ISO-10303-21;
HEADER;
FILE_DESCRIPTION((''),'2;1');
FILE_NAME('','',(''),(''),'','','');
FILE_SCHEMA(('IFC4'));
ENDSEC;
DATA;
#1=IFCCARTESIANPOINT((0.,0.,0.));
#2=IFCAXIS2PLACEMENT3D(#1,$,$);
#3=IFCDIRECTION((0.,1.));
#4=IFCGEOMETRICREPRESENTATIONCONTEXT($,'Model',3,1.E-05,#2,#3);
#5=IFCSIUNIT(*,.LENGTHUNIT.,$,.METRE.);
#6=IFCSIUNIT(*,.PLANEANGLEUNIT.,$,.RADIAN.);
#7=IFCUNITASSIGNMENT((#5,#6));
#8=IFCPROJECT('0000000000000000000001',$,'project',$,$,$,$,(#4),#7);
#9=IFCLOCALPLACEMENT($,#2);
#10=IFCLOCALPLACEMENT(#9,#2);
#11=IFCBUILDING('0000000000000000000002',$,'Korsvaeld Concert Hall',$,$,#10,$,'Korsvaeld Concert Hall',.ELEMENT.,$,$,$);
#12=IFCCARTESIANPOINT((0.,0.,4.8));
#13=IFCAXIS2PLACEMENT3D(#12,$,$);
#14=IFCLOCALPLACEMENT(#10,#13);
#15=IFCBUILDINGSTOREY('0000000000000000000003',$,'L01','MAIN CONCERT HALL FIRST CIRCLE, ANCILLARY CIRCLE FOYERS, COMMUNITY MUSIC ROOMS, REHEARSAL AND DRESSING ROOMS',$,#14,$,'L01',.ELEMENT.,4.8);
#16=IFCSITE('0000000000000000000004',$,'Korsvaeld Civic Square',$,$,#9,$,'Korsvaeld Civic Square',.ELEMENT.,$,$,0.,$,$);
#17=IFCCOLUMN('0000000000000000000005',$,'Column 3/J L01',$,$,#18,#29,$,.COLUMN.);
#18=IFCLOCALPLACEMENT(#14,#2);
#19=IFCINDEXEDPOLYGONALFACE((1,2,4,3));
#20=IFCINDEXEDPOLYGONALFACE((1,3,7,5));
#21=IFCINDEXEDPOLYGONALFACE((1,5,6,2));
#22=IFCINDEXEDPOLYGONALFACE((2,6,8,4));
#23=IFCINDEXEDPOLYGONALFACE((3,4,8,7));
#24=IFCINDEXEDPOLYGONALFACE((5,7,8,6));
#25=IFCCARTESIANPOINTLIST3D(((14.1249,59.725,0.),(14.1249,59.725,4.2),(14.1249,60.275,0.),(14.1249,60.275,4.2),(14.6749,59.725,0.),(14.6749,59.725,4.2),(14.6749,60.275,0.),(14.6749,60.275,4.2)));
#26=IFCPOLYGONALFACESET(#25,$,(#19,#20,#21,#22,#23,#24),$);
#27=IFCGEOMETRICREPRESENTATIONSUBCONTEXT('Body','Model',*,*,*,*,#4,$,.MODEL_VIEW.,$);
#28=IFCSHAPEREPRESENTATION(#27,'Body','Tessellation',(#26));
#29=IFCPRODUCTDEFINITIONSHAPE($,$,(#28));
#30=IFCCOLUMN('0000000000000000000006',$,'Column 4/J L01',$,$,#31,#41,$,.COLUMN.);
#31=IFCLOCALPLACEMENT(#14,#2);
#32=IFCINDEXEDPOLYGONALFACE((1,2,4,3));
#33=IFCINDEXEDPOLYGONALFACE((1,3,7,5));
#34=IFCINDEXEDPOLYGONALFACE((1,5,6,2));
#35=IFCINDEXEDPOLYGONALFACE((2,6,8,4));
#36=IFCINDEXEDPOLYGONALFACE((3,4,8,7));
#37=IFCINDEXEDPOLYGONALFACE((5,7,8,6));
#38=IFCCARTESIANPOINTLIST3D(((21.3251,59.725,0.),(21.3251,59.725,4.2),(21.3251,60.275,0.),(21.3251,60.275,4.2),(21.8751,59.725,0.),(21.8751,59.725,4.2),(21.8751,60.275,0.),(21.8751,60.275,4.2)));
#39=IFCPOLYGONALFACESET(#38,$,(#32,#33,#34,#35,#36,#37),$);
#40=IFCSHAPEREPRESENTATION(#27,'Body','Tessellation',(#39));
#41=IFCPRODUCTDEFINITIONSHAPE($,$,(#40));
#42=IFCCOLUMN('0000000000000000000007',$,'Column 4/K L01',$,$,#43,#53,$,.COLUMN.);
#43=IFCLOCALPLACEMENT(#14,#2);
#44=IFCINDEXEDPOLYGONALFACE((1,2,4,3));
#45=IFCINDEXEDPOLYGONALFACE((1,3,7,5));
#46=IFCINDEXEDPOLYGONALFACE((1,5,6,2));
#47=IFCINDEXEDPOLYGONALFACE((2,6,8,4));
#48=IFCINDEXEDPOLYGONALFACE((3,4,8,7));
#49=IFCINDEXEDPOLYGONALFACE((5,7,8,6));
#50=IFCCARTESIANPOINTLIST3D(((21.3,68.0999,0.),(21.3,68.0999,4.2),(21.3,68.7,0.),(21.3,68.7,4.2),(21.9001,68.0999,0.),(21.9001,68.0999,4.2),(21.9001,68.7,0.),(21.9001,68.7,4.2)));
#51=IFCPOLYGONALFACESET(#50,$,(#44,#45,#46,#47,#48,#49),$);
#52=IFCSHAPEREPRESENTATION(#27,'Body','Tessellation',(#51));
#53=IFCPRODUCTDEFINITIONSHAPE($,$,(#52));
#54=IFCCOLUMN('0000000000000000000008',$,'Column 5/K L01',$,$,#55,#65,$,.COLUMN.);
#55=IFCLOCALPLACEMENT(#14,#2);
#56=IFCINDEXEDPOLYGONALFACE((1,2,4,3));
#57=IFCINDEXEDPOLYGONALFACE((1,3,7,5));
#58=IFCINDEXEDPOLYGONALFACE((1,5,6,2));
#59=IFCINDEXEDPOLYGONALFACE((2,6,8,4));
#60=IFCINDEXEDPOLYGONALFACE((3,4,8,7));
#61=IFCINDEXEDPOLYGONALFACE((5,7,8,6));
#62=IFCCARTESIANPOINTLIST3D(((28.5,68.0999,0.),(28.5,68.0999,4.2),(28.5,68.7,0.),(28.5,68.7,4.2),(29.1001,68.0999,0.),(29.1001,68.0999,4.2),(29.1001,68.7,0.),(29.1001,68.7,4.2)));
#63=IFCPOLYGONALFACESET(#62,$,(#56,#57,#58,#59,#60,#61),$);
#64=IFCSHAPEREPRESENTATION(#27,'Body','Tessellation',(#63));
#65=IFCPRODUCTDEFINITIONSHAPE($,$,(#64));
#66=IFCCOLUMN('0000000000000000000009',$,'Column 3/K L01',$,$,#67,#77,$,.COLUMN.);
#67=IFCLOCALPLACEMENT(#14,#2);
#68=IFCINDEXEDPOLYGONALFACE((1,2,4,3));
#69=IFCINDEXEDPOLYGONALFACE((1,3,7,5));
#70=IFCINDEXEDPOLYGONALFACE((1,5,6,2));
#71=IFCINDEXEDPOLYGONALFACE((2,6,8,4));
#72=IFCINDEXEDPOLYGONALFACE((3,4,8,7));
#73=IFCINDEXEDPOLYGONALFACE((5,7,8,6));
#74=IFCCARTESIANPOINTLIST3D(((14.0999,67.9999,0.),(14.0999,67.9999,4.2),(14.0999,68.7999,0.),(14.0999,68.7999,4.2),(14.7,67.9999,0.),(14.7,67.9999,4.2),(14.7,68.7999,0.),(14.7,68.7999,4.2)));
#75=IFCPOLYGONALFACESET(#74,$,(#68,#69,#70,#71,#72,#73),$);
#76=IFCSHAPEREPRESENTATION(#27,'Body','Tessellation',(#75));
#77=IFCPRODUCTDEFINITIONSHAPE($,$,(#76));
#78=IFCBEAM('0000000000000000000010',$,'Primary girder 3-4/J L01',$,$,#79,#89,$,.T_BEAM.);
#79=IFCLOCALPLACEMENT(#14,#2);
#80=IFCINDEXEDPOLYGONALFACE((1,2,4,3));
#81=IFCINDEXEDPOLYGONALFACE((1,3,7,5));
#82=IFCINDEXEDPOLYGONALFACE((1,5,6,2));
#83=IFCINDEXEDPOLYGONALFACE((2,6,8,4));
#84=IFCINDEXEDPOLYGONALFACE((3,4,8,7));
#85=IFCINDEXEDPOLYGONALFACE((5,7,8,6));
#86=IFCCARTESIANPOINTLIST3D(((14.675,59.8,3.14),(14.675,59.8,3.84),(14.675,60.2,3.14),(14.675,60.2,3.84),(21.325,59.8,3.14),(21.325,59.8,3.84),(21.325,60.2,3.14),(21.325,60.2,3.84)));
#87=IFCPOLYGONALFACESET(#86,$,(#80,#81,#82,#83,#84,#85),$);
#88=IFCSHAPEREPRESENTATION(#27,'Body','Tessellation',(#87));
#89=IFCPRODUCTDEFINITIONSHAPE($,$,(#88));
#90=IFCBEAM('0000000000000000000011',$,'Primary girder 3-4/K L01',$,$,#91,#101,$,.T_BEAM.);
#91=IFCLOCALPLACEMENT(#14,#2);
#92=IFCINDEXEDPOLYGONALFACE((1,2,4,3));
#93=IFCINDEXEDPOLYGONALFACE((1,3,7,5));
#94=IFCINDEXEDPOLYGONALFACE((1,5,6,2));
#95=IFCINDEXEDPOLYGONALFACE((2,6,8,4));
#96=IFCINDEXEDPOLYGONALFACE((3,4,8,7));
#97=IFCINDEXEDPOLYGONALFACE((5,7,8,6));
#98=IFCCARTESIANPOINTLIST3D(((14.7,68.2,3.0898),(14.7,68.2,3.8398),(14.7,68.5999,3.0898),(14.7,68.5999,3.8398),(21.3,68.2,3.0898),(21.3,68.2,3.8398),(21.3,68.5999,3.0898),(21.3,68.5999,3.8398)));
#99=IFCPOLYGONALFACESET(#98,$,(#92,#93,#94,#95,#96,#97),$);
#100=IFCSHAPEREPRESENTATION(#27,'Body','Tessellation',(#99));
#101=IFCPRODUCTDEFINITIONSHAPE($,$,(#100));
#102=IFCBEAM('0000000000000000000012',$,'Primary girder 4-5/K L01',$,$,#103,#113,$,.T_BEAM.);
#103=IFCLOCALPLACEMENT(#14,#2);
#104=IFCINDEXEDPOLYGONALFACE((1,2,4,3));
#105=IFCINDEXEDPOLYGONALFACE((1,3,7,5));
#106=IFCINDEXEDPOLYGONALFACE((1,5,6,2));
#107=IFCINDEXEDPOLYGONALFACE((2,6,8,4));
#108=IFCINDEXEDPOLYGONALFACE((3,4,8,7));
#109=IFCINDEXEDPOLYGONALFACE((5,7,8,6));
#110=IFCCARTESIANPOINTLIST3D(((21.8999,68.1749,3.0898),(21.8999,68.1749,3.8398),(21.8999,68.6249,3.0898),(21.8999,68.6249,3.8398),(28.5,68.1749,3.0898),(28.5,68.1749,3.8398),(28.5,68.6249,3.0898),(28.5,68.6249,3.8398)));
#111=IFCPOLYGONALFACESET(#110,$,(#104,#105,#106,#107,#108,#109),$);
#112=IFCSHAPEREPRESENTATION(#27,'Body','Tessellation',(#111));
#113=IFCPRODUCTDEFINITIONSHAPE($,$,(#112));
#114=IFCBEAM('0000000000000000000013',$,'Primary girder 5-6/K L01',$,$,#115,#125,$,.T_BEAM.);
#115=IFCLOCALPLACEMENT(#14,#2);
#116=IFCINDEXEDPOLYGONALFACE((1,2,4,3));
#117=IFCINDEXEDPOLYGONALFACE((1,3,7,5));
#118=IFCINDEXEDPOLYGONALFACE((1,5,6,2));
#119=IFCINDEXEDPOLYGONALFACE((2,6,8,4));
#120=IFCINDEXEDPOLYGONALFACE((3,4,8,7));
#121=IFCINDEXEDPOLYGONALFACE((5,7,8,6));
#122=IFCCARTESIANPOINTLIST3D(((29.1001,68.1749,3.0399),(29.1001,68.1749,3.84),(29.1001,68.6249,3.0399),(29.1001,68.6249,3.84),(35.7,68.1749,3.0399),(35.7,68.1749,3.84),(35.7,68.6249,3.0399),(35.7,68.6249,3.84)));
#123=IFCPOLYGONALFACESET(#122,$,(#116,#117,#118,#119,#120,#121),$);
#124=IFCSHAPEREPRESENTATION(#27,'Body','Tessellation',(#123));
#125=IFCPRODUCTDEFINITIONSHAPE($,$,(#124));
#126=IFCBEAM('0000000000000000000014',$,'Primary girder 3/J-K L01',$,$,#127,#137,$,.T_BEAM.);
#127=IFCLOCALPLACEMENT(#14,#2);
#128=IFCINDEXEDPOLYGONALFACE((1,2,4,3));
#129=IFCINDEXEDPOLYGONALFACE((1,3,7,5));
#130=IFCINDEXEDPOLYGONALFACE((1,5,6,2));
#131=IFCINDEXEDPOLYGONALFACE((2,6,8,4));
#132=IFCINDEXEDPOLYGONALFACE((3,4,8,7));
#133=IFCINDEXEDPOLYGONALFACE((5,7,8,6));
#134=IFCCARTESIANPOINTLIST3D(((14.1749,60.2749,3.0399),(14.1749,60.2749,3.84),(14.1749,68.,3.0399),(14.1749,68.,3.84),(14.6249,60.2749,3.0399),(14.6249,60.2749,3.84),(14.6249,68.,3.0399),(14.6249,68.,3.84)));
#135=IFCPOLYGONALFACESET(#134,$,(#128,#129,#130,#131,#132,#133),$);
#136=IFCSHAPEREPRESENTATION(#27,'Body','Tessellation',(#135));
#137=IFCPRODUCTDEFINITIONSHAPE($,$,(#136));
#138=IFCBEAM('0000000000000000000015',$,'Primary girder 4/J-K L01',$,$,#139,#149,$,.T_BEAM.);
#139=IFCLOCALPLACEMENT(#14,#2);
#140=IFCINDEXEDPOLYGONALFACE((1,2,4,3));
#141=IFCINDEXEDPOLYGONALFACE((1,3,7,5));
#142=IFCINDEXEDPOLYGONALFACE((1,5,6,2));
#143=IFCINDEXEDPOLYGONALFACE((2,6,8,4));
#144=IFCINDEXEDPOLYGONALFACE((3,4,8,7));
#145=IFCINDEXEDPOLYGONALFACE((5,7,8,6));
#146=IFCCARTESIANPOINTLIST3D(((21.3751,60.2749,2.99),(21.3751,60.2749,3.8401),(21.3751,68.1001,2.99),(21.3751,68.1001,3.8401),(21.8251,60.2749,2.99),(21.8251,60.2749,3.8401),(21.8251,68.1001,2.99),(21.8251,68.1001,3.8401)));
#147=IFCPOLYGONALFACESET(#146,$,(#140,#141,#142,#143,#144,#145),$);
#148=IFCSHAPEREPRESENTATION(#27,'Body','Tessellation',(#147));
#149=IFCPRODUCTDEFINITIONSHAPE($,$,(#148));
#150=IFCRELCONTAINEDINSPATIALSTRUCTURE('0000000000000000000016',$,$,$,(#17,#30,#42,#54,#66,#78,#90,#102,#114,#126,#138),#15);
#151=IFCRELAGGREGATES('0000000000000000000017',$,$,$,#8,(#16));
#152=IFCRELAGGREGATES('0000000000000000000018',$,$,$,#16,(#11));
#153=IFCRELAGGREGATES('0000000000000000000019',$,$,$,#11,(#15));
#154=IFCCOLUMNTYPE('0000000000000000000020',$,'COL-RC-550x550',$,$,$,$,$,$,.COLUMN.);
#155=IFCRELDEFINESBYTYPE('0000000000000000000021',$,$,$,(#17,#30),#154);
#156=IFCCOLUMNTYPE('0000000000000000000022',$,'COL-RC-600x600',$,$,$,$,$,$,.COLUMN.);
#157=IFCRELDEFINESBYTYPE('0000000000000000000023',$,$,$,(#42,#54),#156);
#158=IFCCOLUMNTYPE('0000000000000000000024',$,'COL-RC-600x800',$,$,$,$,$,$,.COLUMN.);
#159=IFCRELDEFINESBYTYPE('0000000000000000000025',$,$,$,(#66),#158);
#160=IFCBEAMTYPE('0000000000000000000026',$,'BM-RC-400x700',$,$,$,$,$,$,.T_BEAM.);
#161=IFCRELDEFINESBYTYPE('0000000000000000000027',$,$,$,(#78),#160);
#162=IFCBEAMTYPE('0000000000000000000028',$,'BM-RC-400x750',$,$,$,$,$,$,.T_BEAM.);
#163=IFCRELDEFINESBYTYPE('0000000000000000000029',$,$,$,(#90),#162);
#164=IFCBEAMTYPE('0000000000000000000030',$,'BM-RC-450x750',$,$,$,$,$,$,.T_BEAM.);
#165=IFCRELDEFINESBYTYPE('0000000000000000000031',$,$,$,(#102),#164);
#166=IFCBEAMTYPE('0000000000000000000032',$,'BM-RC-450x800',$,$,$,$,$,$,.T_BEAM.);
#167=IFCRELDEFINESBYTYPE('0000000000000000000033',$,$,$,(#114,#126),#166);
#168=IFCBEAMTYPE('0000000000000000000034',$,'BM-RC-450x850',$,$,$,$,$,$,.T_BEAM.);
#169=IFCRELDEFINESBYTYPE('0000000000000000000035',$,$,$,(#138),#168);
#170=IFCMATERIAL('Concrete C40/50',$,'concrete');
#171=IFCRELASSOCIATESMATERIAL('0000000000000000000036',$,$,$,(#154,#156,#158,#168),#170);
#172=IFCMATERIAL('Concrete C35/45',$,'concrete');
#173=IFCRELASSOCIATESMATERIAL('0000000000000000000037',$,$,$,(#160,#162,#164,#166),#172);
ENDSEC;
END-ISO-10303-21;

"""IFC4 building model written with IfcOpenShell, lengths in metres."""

from ifc_helpers import new_model, si_unit, direction, frame, origin, origin_2d, place, context, subcontext, project, spatial, rectangle, extrude, material, material_profile, profile_set, type_object, element, save


model = new_model("IFC4")

# Units and contexts
model_context = context("Model", 3, precision=1e-05, world=origin(), true_north=direction((0.0, 1.0)))
body_context = subcontext(model_context, "Body", "Model", "MODEL_VIEW")
ifc_project = project(units=[si_unit("LENGTHUNIT", "METRE"), si_unit("PLANEANGLEUNIT", "RADIAN")], contexts=[model_context])

# Site, building, storey
site_placement = place(None, origin())
site = spatial("IfcSite", under=ifc_project, at=site_placement, Name="Korsvaeld Civic Square", LongName="Korsvaeld Civic Square", CompositionType="ELEMENT", RefElevation=0.0)
building_placement = place(site_placement, origin())
building = spatial("IfcBuilding", under=site, at=building_placement, Name="Korsvaeld Concert Hall", LongName="Korsvaeld Concert Hall", CompositionType="ELEMENT")
storey_placement = place(building_placement, frame((0.0, 0.0, 4.8)))
storey = spatial("IfcBuildingStorey", under=building, at=storey_placement, Name="L01", Description="MAIN CONCERT HALL FIRST CIRCLE, ANCILLARY CIRCLE FOYERS, COMMUNITY MUSIC ROOMS, REHEARSAL AND DRESSING ROOMS", LongName="L01", CompositionType="ELEMENT", Elevation=4.8)

# Columns
ifc_material_1 = material(Name="Concrete C40/50", Category="concrete")
ifc_material_profile_1 = material_profile(ifc_material_1, rectangle(XDim=0.55, YDim=0.55, at=origin_2d()), Name="RC 550x550")
ifc_profile_set_1 = profile_set([ifc_material_profile_1], Name="Concrete C40/50")
column_type_1 = type_object("IfcColumnType", Name="COL-RC-550x550", PredefinedType="COLUMN", material=ifc_profile_set_1)
for number, where, z_axis, x_axis, name in (
    (1, (14.3999, 60.0, 0.0), (0.0, 0.0, 1.0), (1.0, 0.0, 0.0), "Column 3/J L01"),
    (2, (21.6001, 60.0, 0.0), (0.0, 0.0, 1.0), (1.0, 0.0, 0.0), "Column 4/J L01"),
):
    element("IfcColumn", number, at=place(storey_placement, frame(where, z_axis=z_axis, x_axis=x_axis)), inside=storey, type_object=column_type_1, Name=name, PredefinedType="COLUMN", context=body_context, shape_type="SweptSolid", body=[
        extrude(rectangle(XDim=0.55, YDim=0.55, at=origin_2d()), origin(), (0.0, 0.0, 1.0), 4.2),
    ])
ifc_material_profile_2 = material_profile(ifc_material_1, rectangle(XDim=0.6001, YDim=0.6001, at=origin_2d()), Name="RC 600x600")
ifc_profile_set_2 = profile_set([ifc_material_profile_2], Name="Concrete C40/50")
column_type_2 = type_object("IfcColumnType", Name="COL-RC-600x600", PredefinedType="COLUMN", material=ifc_profile_set_2)
for number, where, z_axis, x_axis, name in (
    (3, (21.6001, 68.3999, 0.0), (0.0, 0.0, 1.0), (1.0, 0.0, 0.0), "Column 4/K L01"),
    (4, (28.8, 68.3999, 0.0), (0.0, 0.0, 1.0), (1.0, 0.0, 0.0), "Column 5/K L01"),
):
    element("IfcColumn", number, at=place(storey_placement, frame(where, z_axis=z_axis, x_axis=x_axis)), inside=storey, type_object=column_type_2, Name=name, PredefinedType="COLUMN", context=body_context, shape_type="SweptSolid", body=[
        extrude(rectangle(XDim=0.6001, YDim=0.6001, at=origin_2d()), origin(), (0.0, 0.0, 1.0), 4.2),
    ])
ifc_material_profile_3 = material_profile(ifc_material_1, rectangle(XDim=0.6001, YDim=0.8, at=origin_2d()), Name="RC 600x800")
ifc_profile_set_3 = profile_set([ifc_material_profile_3], Name="Concrete C40/50")
column_type_3 = type_object("IfcColumnType", Name="COL-RC-600x800", PredefinedType="COLUMN", material=ifc_profile_set_3)
column_placement = place(storey_placement, frame((14.3999, 68.3999, 0.0), z_axis=(0.0, 0.0, 1.0), x_axis=(1.0, 0.0, 0.0)))
element("IfcColumn", 5, at=column_placement, inside=storey, type_object=column_type_3, Name="Column 3/K L01", PredefinedType="COLUMN", context=body_context, shape_type="SweptSolid", body=[
    extrude(rectangle(XDim=0.6001, YDim=0.8, at=origin_2d()), origin(), (0.0, 0.0, 1.0), 4.2),
])

# Beams
ifc_material_2 = material(Name="Concrete C35/45", Category="concrete")
ifc_material_profile_4 = material_profile(ifc_material_2, rectangle(XDim=0.3999, YDim=0.7, at=origin_2d()), Name="RC 400x700")
ifc_profile_set_4 = profile_set([ifc_material_profile_4], Name="Concrete C35/45")
beam_type_1 = type_object("IfcBeamType", Name="BM-RC-400x700", PredefinedType="T_BEAM", material=ifc_profile_set_4)
beam_1_placement = place(storey_placement, frame((14.675, 60.0, 3.49), z_axis=(1.0, 0.0, 0.0), x_axis=(0.0, 1.0, 0.0)))
element("IfcBeam", 6, at=beam_1_placement, inside=storey, type_object=beam_type_1, Name="Primary girder 3-4/J L01", PredefinedType="T_BEAM", context=body_context, shape_type="SweptSolid", body=[
    extrude(rectangle(XDim=0.3999, YDim=0.7, at=origin_2d()), origin(), (0.0, 0.0, 1.0), 6.6499),
])
ifc_material_profile_5 = material_profile(ifc_material_2, rectangle(XDim=0.3999, YDim=0.75, at=origin_2d()), Name="RC 400x750")
ifc_profile_set_5 = profile_set([ifc_material_profile_5], Name="Concrete C35/45")
beam_type_2 = type_object("IfcBeamType", Name="BM-RC-400x750", PredefinedType="T_BEAM", material=ifc_profile_set_5)
beam_2_placement = place(storey_placement, frame((14.7, 68.3999, 3.4648), z_axis=(1.0, 0.0, 0.0), x_axis=(0.0, 1.0, 0.0)))
element("IfcBeam", 7, at=beam_2_placement, inside=storey, type_object=beam_type_2, Name="Primary girder 3-4/K L01", PredefinedType="T_BEAM", context=body_context, shape_type="SweptSolid", body=[
    extrude(rectangle(XDim=0.3999, YDim=0.75, at=origin_2d()), origin(), (0.0, 0.0, 1.0), 6.6001),
])
ifc_material_profile_6 = material_profile(ifc_material_2, rectangle(XDim=0.45, YDim=0.75, at=origin_2d()), Name="RC 450x750")
ifc_profile_set_6 = profile_set([ifc_material_profile_6], Name="Concrete C35/45")
beam_type_3 = type_object("IfcBeamType", Name="BM-RC-450x750", PredefinedType="T_BEAM", material=ifc_profile_set_6)
beam_3_placement = place(storey_placement, frame((21.8999, 68.3999, 3.4648), z_axis=(1.0, 0.0, 0.0), x_axis=(0.0, 1.0, 0.0)))
element("IfcBeam", 8, at=beam_3_placement, inside=storey, type_object=beam_type_3, Name="Primary girder 4-5/K L01", PredefinedType="T_BEAM", context=body_context, shape_type="SweptSolid", body=[
    extrude(rectangle(XDim=0.45, YDim=0.75, at=origin_2d()), origin(), (0.0, 0.0, 1.0), 6.6001),
])
ifc_material_profile_7 = material_profile(ifc_material_2, rectangle(XDim=0.45, YDim=0.8, at=origin_2d()), Name="RC 450x800")
ifc_profile_set_7 = profile_set([ifc_material_profile_7], Name="Concrete C35/45")
beam_type_4 = type_object("IfcBeamType", Name="BM-RC-450x800", PredefinedType="T_BEAM", material=ifc_profile_set_7)
beam_4_placement = place(storey_placement, frame((29.1001, 68.3999, 3.4399), z_axis=(1.0, 0.0, 0.0), x_axis=(0.0, 1.0, 0.0)))
element("IfcBeam", 9, at=beam_4_placement, inside=storey, type_object=beam_type_4, Name="Primary girder 5-6/K L01", PredefinedType="T_BEAM", context=body_context, shape_type="SweptSolid", body=[
    extrude(rectangle(XDim=0.45, YDim=0.8, at=origin_2d()), origin(), (0.0, 0.0, 1.0), 6.5999),
])
beam_5_placement = place(storey_placement, frame((14.3999, 60.2749, 3.4399), z_axis=(0.0, 1.0, 0.0), x_axis=(-1.0, 0.0, 0.0)))
element("IfcBeam", 10, at=beam_5_placement, inside=storey, type_object=beam_type_4, Name="Primary girder 3/J-K L01", PredefinedType="T_BEAM", context=body_context, shape_type="SweptSolid", body=[
    extrude(rectangle(XDim=0.45, YDim=0.8, at=origin_2d()), origin(), (0.0, 0.0, 1.0), 7.7251),
])
ifc_material_profile_8 = material_profile(ifc_material_1, rectangle(XDim=0.45, YDim=0.8501, at=origin_2d()), Name="RC 450x850")
ifc_profile_set_8 = profile_set([ifc_material_profile_8], Name="Concrete C40/50")
beam_type_5 = type_object("IfcBeamType", Name="BM-RC-450x850", PredefinedType="T_BEAM", material=ifc_profile_set_8)
beam_6_placement = place(storey_placement, frame((21.6001, 60.2749, 3.415), z_axis=(0.0, 1.0, 0.0), x_axis=(-1.0, 0.0, 0.0)))
element("IfcBeam", 11, at=beam_6_placement, inside=storey, type_object=beam_type_5, Name="Primary girder 4/J-K L01", PredefinedType="T_BEAM", context=body_context, shape_type="SweptSolid", body=[
    extrude(rectangle(XDim=0.45, YDim=0.8501, at=origin_2d()), origin(), (0.0, 0.0, 1.0), 7.8252),
])

save(model, "model.ifc")
